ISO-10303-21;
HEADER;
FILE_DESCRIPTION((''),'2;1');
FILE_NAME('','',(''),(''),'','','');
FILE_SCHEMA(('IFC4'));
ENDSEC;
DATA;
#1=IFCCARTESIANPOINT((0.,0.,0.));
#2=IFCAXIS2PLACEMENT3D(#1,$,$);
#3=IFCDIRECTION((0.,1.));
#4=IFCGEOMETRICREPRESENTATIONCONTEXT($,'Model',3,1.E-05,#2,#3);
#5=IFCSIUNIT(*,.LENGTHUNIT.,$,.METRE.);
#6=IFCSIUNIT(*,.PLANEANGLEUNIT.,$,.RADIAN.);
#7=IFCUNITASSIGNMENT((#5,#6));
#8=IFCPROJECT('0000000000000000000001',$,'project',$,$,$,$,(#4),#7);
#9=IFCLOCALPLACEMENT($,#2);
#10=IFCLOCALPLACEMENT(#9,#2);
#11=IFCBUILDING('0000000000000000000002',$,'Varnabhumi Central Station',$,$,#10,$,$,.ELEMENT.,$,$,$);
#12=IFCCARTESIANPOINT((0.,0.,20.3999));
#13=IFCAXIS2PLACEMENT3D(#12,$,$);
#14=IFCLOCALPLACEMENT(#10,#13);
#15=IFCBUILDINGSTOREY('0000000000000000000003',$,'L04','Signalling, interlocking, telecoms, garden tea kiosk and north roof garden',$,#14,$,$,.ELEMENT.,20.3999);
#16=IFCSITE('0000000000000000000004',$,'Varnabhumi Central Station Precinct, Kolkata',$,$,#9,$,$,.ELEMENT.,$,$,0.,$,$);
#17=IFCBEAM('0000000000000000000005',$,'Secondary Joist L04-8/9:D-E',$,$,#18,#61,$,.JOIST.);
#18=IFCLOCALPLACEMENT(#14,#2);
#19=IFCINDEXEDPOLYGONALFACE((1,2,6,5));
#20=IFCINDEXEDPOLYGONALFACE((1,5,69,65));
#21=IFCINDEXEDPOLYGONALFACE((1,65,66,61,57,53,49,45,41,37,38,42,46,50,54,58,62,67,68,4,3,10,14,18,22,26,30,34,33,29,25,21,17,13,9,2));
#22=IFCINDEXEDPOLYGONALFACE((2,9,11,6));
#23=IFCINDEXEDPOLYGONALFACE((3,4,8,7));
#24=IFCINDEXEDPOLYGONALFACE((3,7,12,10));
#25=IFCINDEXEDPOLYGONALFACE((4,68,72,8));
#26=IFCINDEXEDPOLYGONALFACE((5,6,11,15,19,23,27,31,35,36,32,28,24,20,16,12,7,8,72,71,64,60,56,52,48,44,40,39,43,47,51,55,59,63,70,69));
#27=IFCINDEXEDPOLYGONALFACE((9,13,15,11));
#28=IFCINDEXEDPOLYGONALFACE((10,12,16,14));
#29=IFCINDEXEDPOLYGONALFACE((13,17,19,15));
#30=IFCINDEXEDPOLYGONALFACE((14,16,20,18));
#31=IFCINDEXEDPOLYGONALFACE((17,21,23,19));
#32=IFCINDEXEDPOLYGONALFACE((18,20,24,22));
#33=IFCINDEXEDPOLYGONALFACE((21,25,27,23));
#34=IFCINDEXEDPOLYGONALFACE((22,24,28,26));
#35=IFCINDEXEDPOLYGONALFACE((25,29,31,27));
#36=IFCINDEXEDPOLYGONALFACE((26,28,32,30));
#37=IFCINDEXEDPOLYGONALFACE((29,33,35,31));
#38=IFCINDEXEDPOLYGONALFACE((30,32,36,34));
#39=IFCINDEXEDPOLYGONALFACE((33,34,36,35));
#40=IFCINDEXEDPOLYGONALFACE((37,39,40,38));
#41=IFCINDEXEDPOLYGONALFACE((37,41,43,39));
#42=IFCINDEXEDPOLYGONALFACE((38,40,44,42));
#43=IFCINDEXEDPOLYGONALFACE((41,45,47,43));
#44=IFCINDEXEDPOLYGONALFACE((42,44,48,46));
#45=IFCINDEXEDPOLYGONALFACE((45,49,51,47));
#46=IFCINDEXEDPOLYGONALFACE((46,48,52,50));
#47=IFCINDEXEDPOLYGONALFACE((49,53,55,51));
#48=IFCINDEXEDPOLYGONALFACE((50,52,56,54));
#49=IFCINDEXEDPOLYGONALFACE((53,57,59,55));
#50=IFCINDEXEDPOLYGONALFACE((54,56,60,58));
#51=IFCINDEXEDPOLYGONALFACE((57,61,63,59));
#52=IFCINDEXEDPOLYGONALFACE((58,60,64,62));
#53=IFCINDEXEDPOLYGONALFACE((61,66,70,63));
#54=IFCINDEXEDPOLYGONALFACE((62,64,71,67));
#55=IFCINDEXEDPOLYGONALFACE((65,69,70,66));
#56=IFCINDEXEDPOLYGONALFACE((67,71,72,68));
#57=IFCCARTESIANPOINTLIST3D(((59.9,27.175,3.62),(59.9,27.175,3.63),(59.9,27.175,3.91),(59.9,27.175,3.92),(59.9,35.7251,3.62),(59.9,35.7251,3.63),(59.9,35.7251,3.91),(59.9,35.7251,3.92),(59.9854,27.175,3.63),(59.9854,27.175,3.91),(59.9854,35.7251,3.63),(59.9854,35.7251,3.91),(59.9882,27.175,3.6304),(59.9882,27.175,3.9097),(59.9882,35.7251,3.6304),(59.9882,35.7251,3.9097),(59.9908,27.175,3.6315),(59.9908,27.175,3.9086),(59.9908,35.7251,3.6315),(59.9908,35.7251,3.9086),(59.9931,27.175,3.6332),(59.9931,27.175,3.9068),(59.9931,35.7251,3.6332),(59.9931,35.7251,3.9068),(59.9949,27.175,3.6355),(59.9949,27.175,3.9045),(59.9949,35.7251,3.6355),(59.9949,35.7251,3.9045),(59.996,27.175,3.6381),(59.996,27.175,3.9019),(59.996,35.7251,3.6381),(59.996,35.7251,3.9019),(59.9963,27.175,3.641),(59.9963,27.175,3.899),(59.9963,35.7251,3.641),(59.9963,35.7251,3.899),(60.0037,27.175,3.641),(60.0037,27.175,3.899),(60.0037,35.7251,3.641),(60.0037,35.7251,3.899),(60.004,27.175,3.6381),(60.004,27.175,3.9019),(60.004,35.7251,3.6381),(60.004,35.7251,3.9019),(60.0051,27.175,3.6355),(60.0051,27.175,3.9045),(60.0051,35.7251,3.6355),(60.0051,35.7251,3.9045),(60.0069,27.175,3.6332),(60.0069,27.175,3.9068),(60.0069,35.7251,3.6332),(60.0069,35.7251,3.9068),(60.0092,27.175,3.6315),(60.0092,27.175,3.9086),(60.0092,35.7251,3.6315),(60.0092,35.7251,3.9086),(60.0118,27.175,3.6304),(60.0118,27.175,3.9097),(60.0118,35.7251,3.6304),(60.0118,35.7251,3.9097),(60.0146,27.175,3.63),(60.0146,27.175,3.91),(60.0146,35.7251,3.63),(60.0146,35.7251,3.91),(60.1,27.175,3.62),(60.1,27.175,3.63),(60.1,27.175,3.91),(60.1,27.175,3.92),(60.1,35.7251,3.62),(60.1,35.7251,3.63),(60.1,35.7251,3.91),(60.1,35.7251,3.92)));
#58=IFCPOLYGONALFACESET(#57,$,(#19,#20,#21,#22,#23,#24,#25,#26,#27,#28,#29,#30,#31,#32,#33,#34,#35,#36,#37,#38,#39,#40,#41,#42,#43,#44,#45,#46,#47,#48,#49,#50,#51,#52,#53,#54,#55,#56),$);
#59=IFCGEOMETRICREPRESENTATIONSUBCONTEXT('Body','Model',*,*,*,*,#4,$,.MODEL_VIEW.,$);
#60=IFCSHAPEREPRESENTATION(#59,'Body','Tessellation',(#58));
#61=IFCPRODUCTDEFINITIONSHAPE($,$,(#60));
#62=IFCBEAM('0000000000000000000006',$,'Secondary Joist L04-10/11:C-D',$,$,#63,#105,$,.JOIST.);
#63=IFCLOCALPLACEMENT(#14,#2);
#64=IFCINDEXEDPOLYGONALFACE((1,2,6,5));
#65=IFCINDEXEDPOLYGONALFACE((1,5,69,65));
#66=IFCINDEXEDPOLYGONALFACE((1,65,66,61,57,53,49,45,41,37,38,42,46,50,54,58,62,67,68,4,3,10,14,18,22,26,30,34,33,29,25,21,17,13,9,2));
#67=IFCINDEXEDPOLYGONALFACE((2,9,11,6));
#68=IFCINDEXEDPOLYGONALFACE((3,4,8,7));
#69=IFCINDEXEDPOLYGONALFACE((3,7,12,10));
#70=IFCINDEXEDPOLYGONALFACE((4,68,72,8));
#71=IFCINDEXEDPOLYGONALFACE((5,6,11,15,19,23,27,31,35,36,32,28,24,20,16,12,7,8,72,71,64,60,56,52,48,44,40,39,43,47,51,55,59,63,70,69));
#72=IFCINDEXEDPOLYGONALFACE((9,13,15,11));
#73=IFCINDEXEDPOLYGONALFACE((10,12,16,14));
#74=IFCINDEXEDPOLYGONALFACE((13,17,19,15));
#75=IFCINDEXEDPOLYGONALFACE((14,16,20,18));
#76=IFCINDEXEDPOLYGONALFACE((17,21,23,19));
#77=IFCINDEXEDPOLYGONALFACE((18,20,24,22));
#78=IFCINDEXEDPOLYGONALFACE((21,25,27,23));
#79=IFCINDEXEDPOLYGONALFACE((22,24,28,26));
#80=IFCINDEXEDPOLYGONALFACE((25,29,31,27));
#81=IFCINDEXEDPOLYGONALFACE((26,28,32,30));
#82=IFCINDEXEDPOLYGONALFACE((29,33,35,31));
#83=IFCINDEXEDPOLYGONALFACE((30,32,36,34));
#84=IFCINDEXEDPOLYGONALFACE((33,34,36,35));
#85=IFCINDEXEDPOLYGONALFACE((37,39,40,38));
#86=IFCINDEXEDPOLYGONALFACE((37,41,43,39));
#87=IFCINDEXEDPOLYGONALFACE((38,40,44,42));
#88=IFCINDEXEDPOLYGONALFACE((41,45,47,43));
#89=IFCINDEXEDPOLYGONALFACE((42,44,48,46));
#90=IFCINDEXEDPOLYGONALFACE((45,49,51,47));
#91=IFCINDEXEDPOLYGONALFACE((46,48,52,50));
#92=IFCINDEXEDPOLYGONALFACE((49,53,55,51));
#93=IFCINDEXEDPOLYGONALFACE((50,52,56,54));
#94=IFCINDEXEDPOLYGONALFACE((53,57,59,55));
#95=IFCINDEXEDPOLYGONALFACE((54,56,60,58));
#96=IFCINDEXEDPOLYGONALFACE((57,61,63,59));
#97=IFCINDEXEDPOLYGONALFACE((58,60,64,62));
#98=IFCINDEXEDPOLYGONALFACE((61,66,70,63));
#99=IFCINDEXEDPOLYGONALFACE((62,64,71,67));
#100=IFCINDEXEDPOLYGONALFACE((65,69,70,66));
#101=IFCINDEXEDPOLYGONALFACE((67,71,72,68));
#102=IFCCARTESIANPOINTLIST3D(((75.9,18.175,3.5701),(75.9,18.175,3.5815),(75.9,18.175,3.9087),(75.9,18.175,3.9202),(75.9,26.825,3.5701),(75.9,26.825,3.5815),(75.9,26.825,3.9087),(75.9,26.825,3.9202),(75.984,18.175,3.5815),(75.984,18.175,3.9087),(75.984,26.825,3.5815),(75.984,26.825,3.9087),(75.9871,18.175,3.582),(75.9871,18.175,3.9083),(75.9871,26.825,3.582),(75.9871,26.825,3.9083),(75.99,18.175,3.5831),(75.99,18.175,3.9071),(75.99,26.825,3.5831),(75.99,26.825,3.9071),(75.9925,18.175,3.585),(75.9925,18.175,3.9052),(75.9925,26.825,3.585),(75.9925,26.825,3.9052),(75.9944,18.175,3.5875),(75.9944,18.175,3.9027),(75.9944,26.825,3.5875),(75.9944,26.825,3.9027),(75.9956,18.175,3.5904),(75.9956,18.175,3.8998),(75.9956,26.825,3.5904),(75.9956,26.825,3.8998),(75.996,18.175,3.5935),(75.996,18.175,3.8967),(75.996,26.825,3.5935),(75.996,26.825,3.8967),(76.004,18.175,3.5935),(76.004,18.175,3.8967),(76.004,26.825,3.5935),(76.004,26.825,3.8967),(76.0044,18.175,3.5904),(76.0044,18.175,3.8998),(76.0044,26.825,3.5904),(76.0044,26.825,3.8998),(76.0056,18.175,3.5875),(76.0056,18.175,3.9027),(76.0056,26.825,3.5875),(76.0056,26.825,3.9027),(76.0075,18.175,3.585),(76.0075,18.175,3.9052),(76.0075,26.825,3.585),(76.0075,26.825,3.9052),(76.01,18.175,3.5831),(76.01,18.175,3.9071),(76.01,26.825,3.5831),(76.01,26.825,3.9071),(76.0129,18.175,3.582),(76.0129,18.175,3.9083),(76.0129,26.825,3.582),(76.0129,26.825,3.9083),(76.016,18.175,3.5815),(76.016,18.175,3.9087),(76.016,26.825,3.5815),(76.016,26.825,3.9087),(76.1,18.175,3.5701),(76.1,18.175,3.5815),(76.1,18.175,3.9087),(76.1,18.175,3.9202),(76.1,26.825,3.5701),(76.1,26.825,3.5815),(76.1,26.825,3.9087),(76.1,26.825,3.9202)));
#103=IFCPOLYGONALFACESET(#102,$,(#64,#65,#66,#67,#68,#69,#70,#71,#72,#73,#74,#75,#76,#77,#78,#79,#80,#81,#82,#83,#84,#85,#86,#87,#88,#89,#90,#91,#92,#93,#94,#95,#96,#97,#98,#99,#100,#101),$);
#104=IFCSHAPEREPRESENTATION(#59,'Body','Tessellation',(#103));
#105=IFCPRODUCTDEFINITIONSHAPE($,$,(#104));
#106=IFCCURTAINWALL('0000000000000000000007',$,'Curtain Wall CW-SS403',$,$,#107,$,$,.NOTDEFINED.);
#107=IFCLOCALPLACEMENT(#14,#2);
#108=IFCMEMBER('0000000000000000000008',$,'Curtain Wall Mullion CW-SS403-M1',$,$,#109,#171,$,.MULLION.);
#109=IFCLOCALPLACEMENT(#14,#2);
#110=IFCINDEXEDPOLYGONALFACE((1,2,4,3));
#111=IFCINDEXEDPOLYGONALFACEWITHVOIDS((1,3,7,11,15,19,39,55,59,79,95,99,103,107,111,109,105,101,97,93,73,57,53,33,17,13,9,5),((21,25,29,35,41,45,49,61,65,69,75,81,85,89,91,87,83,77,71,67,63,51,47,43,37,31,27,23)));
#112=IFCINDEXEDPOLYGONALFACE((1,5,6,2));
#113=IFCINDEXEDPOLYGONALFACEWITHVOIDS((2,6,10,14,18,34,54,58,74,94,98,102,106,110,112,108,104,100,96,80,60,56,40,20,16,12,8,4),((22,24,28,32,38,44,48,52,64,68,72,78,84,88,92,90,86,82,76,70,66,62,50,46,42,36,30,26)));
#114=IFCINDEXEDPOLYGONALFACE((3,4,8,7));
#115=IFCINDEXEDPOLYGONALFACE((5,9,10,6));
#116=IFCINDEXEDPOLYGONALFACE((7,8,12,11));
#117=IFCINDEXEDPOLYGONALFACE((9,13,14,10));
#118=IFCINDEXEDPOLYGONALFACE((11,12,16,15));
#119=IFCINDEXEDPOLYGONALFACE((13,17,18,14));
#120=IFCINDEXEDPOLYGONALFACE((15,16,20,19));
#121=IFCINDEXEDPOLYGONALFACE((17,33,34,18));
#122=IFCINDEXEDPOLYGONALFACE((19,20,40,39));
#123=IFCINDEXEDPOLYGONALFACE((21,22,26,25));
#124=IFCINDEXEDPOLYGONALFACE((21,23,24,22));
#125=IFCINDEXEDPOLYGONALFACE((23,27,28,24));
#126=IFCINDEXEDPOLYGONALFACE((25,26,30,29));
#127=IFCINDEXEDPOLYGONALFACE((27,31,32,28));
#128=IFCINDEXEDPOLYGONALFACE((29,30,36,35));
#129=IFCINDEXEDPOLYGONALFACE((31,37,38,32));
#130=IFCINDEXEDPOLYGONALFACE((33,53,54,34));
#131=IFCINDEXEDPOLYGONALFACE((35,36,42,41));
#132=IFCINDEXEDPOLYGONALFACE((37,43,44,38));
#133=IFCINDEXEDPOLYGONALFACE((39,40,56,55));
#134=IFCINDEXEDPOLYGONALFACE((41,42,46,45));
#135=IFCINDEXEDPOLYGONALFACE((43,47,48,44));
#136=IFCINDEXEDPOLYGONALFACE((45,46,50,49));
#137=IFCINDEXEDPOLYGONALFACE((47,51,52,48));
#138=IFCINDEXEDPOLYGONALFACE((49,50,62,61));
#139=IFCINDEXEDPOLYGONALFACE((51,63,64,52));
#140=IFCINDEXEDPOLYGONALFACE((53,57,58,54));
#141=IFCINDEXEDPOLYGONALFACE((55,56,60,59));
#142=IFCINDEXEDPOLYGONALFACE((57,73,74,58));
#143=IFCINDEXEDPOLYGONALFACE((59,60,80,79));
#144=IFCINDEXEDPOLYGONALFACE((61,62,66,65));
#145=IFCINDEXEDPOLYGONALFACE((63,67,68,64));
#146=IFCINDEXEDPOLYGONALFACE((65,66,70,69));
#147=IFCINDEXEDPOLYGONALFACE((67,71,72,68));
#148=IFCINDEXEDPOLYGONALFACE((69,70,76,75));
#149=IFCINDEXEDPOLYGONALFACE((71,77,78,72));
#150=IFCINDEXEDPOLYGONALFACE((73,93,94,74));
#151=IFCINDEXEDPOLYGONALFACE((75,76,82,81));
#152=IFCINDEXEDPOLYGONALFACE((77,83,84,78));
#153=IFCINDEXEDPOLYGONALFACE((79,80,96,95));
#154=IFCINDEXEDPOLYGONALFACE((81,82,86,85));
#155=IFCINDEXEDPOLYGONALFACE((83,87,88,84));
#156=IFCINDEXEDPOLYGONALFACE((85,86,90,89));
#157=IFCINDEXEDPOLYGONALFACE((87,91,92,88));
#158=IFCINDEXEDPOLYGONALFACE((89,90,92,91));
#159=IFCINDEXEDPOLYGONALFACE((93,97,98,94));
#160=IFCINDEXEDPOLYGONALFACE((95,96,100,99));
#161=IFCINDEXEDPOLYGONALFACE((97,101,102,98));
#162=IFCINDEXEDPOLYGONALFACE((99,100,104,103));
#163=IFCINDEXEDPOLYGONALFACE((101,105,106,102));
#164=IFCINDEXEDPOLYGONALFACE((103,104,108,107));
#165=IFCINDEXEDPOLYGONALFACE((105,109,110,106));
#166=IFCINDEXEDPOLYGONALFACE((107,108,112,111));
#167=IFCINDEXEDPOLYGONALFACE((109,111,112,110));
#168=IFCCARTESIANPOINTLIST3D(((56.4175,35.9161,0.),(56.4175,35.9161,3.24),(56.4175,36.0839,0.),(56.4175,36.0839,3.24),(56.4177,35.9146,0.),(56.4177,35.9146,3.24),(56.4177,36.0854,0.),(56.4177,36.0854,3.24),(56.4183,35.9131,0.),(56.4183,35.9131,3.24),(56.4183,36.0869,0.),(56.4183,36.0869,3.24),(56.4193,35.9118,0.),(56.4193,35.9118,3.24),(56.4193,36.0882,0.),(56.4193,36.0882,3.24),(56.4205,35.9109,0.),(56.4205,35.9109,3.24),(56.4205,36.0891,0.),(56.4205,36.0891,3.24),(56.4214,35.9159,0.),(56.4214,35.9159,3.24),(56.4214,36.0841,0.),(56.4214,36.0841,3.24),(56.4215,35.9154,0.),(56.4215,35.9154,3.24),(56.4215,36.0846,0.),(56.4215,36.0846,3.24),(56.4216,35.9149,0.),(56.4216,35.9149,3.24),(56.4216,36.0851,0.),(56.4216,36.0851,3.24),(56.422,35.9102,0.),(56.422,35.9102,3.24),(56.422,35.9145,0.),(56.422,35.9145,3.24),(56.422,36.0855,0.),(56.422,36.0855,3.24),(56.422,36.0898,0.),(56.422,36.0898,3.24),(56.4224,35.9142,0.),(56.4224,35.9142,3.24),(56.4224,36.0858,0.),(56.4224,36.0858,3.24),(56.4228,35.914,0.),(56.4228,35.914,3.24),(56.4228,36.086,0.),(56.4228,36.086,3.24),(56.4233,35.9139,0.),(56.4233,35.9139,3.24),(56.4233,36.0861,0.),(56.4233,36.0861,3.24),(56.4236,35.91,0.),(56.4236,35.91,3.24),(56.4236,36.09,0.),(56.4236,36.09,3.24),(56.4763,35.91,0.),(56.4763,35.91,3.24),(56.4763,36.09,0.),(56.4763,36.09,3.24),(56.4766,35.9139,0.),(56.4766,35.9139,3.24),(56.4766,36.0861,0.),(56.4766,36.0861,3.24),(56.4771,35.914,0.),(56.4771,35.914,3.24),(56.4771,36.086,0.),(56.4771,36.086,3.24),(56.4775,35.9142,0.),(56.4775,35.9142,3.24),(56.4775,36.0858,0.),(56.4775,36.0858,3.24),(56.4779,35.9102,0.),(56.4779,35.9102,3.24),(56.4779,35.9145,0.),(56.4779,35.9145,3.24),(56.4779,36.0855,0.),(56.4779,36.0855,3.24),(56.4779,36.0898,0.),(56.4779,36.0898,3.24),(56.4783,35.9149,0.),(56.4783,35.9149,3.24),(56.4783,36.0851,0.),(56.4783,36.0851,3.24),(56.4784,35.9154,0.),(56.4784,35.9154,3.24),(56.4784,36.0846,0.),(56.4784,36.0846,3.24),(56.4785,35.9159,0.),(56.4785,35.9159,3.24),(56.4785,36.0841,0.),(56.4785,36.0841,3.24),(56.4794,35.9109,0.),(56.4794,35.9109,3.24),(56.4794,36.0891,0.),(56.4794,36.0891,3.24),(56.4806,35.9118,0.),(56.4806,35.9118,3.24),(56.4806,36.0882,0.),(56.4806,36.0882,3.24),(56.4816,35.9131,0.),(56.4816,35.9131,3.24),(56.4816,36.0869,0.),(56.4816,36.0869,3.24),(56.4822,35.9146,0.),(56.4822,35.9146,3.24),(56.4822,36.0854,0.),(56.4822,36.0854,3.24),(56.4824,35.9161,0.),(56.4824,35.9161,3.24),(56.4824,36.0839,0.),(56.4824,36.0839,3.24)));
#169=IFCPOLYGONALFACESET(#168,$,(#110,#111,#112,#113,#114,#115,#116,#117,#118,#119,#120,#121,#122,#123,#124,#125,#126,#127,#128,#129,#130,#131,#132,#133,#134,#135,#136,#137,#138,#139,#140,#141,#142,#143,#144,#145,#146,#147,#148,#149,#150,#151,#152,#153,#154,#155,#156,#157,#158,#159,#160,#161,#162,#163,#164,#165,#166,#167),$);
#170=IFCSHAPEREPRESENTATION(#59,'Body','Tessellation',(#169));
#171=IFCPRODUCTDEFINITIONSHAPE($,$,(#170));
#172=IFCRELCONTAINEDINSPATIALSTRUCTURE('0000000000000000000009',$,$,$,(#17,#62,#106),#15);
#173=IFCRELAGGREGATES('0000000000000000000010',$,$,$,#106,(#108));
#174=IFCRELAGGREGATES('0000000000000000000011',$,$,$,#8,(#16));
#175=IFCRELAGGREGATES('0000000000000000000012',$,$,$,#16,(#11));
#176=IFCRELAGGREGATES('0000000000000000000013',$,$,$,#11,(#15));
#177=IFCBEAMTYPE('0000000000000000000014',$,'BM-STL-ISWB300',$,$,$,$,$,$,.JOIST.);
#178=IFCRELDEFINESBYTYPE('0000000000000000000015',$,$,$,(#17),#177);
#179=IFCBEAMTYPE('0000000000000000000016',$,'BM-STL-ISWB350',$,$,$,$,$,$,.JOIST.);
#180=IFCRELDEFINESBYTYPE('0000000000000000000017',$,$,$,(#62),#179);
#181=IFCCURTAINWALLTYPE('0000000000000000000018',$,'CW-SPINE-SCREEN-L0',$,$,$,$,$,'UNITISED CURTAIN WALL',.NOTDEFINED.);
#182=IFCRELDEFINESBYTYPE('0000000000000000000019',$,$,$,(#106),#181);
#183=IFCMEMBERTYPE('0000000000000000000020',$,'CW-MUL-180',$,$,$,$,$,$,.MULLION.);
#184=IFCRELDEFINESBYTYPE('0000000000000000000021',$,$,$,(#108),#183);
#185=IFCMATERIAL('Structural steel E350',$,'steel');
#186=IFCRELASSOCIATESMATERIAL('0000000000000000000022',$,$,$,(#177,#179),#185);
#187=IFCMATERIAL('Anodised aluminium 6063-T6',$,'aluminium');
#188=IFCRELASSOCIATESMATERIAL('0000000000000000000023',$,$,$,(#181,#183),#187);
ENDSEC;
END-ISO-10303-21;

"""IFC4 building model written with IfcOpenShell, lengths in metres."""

from ifc_helpers import new_model, si_unit, direction, frame, origin, origin_2d, place, context, subcontext, project, spatial, hollow_rectangle, i_section, extrude, material, material_profile, profile_set, type_object, element, aggregate, save


model = new_model("IFC4")

# Units and contexts
model_context = context("Model", 3, precision=1e-05, world=origin(), true_north=direction((0.0, 1.0)))
body_context = subcontext(model_context, "Body", "Model", "MODEL_VIEW")
ifc_project = project(units=[si_unit("LENGTHUNIT", "METRE"), si_unit("PLANEANGLEUNIT", "RADIAN")], contexts=[model_context])

# Site, building, storey
site_placement = place(None, origin())
site = spatial("IfcSite", under=ifc_project, at=site_placement, Name="Varnabhumi Central Station Precinct, Kolkata", CompositionType="ELEMENT", RefElevation=0.0)
building_placement = place(site_placement, origin())
building = spatial("IfcBuilding", under=site, at=building_placement, Name="Varnabhumi Central Station", CompositionType="ELEMENT")
storey_placement = place(building_placement, frame((0.0, 0.0, 20.3999)))
storey = spatial("IfcBuildingStorey", under=building, at=storey_placement, Name="L04", Description="Signalling, interlocking, telecoms, garden tea kiosk and north roof garden", CompositionType="ELEMENT", Elevation=20.3999)

# Beams
ifc_material_1 = material(Name="Structural steel E350", Category="steel")
ifc_material_profile_1 = material_profile(ifc_material_1, i_section(OverallWidth=0.2, OverallDepth=0.3, WebThickness=0.0073, FlangeThickness=0.01, FilletRadius=0.011, at=origin_2d()), Name="Structural steel E350", Category="steel")
ifc_profile_set_1 = profile_set([ifc_material_profile_1], Name="Structural steel E350")
beam_type_1 = type_object("IfcBeamType", Name="BM-STL-ISWB300", PredefinedType="JOIST", material=ifc_profile_set_1)
beam_1_placement = place(storey_placement, frame((60.0, 27.175, 3.77), z_axis=(0.0, 1.0, 0.0), x_axis=(-1.0, 0.0, 0.0)))
element("IfcBeam", 1, at=beam_1_placement, inside=storey, type_object=beam_type_1, Name="Secondary Joist L04-8/9:D-E", PredefinedType="JOIST", context=body_context, shape_type="SweptSolid", body=[
    extrude(i_section(OverallWidth=0.2, OverallDepth=0.3, WebThickness=0.0073, FlangeThickness=0.01, FilletRadius=0.011, at=origin_2d()), origin(), (0.0, 0.0, 1.0), 8.55),
])
ifc_material_profile_2 = material_profile(ifc_material_1, i_section(OverallWidth=0.2, OverallDepth=0.3501, WebThickness=0.0081, FlangeThickness=0.0115, FilletRadius=0.012, at=origin_2d()), Name="Structural steel E350", Category="steel")
ifc_profile_set_2 = profile_set([ifc_material_profile_2], Name="Structural steel E350")
beam_type_2 = type_object("IfcBeamType", Name="BM-STL-ISWB350", PredefinedType="JOIST", material=ifc_profile_set_2)
beam_2_placement = place(storey_placement, frame((76.0, 18.175, 3.7451), z_axis=(0.0, 1.0, 0.0), x_axis=(-1.0, 0.0, 0.0)))
element("IfcBeam", 2, at=beam_2_placement, inside=storey, type_object=beam_type_2, Name="Secondary Joist L04-10/11:C-D", PredefinedType="JOIST", context=body_context, shape_type="SweptSolid", body=[
    extrude(i_section(OverallWidth=0.2, OverallDepth=0.3501, WebThickness=0.0081, FlangeThickness=0.0115, FilletRadius=0.012, at=origin_2d()), origin(), (0.0, 0.0, 1.0), 8.6499),
])

# Curtain wall, member
ifc_material_2 = material(Name="Anodised aluminium 6063-T6", Category="aluminium")
curtain_wall_type = type_object("IfcCurtainWallType", Name="CW-SPINE-SCREEN-L0", ElementType="UNITISED CURTAIN WALL", PredefinedType="NOTDEFINED", material=ifc_material_2)
curtain_wall_placement = place(storey_placement, origin())
curtain_wall = element("IfcCurtainWall", 3, at=curtain_wall_placement, inside=storey, type_object=curtain_wall_type, Name="Curtain Wall CW-SS403", PredefinedType="NOTDEFINED")
ifc_material_profile_3 = material_profile(ifc_material_2, hollow_rectangle(XDim=0.0649, YDim=0.1799, WallThickness=0.0039, InnerFilletRadius=0.002, OuterFilletRadius=0.0061, at=origin_2d()), Name="Anodised aluminium 6063-T6", Category="aluminium")
ifc_profile_set_3 = profile_set([ifc_material_profile_3], Name="Anodised aluminium 6063-T6")
member_type_1 = type_object("IfcMemberType", Name="CW-MUL-180", PredefinedType="MULLION", material=ifc_profile_set_3)
member_1_placement = place(storey_placement, frame((56.45, 36.0, 0.0), z_axis=(0.0, 0.0, 1.0), x_axis=(1.0, 0.0, 0.0)))
member_1 = element("IfcMember", 4, at=member_1_placement, type_object=member_type_1, Name="Curtain Wall Mullion CW-SS403-M1", PredefinedType="MULLION", context=body_context, shape_type="SweptSolid", body=[
    extrude(hollow_rectangle(XDim=0.0649, YDim=0.1799, WallThickness=0.0039, InnerFilletRadius=0.002, OuterFilletRadius=0.0061, at=origin_2d()), origin(), (0.0, 0.0, 1.0), 3.24),
])
aggregate(curtain_wall, [member_1])

save(model, "model.ifc")
